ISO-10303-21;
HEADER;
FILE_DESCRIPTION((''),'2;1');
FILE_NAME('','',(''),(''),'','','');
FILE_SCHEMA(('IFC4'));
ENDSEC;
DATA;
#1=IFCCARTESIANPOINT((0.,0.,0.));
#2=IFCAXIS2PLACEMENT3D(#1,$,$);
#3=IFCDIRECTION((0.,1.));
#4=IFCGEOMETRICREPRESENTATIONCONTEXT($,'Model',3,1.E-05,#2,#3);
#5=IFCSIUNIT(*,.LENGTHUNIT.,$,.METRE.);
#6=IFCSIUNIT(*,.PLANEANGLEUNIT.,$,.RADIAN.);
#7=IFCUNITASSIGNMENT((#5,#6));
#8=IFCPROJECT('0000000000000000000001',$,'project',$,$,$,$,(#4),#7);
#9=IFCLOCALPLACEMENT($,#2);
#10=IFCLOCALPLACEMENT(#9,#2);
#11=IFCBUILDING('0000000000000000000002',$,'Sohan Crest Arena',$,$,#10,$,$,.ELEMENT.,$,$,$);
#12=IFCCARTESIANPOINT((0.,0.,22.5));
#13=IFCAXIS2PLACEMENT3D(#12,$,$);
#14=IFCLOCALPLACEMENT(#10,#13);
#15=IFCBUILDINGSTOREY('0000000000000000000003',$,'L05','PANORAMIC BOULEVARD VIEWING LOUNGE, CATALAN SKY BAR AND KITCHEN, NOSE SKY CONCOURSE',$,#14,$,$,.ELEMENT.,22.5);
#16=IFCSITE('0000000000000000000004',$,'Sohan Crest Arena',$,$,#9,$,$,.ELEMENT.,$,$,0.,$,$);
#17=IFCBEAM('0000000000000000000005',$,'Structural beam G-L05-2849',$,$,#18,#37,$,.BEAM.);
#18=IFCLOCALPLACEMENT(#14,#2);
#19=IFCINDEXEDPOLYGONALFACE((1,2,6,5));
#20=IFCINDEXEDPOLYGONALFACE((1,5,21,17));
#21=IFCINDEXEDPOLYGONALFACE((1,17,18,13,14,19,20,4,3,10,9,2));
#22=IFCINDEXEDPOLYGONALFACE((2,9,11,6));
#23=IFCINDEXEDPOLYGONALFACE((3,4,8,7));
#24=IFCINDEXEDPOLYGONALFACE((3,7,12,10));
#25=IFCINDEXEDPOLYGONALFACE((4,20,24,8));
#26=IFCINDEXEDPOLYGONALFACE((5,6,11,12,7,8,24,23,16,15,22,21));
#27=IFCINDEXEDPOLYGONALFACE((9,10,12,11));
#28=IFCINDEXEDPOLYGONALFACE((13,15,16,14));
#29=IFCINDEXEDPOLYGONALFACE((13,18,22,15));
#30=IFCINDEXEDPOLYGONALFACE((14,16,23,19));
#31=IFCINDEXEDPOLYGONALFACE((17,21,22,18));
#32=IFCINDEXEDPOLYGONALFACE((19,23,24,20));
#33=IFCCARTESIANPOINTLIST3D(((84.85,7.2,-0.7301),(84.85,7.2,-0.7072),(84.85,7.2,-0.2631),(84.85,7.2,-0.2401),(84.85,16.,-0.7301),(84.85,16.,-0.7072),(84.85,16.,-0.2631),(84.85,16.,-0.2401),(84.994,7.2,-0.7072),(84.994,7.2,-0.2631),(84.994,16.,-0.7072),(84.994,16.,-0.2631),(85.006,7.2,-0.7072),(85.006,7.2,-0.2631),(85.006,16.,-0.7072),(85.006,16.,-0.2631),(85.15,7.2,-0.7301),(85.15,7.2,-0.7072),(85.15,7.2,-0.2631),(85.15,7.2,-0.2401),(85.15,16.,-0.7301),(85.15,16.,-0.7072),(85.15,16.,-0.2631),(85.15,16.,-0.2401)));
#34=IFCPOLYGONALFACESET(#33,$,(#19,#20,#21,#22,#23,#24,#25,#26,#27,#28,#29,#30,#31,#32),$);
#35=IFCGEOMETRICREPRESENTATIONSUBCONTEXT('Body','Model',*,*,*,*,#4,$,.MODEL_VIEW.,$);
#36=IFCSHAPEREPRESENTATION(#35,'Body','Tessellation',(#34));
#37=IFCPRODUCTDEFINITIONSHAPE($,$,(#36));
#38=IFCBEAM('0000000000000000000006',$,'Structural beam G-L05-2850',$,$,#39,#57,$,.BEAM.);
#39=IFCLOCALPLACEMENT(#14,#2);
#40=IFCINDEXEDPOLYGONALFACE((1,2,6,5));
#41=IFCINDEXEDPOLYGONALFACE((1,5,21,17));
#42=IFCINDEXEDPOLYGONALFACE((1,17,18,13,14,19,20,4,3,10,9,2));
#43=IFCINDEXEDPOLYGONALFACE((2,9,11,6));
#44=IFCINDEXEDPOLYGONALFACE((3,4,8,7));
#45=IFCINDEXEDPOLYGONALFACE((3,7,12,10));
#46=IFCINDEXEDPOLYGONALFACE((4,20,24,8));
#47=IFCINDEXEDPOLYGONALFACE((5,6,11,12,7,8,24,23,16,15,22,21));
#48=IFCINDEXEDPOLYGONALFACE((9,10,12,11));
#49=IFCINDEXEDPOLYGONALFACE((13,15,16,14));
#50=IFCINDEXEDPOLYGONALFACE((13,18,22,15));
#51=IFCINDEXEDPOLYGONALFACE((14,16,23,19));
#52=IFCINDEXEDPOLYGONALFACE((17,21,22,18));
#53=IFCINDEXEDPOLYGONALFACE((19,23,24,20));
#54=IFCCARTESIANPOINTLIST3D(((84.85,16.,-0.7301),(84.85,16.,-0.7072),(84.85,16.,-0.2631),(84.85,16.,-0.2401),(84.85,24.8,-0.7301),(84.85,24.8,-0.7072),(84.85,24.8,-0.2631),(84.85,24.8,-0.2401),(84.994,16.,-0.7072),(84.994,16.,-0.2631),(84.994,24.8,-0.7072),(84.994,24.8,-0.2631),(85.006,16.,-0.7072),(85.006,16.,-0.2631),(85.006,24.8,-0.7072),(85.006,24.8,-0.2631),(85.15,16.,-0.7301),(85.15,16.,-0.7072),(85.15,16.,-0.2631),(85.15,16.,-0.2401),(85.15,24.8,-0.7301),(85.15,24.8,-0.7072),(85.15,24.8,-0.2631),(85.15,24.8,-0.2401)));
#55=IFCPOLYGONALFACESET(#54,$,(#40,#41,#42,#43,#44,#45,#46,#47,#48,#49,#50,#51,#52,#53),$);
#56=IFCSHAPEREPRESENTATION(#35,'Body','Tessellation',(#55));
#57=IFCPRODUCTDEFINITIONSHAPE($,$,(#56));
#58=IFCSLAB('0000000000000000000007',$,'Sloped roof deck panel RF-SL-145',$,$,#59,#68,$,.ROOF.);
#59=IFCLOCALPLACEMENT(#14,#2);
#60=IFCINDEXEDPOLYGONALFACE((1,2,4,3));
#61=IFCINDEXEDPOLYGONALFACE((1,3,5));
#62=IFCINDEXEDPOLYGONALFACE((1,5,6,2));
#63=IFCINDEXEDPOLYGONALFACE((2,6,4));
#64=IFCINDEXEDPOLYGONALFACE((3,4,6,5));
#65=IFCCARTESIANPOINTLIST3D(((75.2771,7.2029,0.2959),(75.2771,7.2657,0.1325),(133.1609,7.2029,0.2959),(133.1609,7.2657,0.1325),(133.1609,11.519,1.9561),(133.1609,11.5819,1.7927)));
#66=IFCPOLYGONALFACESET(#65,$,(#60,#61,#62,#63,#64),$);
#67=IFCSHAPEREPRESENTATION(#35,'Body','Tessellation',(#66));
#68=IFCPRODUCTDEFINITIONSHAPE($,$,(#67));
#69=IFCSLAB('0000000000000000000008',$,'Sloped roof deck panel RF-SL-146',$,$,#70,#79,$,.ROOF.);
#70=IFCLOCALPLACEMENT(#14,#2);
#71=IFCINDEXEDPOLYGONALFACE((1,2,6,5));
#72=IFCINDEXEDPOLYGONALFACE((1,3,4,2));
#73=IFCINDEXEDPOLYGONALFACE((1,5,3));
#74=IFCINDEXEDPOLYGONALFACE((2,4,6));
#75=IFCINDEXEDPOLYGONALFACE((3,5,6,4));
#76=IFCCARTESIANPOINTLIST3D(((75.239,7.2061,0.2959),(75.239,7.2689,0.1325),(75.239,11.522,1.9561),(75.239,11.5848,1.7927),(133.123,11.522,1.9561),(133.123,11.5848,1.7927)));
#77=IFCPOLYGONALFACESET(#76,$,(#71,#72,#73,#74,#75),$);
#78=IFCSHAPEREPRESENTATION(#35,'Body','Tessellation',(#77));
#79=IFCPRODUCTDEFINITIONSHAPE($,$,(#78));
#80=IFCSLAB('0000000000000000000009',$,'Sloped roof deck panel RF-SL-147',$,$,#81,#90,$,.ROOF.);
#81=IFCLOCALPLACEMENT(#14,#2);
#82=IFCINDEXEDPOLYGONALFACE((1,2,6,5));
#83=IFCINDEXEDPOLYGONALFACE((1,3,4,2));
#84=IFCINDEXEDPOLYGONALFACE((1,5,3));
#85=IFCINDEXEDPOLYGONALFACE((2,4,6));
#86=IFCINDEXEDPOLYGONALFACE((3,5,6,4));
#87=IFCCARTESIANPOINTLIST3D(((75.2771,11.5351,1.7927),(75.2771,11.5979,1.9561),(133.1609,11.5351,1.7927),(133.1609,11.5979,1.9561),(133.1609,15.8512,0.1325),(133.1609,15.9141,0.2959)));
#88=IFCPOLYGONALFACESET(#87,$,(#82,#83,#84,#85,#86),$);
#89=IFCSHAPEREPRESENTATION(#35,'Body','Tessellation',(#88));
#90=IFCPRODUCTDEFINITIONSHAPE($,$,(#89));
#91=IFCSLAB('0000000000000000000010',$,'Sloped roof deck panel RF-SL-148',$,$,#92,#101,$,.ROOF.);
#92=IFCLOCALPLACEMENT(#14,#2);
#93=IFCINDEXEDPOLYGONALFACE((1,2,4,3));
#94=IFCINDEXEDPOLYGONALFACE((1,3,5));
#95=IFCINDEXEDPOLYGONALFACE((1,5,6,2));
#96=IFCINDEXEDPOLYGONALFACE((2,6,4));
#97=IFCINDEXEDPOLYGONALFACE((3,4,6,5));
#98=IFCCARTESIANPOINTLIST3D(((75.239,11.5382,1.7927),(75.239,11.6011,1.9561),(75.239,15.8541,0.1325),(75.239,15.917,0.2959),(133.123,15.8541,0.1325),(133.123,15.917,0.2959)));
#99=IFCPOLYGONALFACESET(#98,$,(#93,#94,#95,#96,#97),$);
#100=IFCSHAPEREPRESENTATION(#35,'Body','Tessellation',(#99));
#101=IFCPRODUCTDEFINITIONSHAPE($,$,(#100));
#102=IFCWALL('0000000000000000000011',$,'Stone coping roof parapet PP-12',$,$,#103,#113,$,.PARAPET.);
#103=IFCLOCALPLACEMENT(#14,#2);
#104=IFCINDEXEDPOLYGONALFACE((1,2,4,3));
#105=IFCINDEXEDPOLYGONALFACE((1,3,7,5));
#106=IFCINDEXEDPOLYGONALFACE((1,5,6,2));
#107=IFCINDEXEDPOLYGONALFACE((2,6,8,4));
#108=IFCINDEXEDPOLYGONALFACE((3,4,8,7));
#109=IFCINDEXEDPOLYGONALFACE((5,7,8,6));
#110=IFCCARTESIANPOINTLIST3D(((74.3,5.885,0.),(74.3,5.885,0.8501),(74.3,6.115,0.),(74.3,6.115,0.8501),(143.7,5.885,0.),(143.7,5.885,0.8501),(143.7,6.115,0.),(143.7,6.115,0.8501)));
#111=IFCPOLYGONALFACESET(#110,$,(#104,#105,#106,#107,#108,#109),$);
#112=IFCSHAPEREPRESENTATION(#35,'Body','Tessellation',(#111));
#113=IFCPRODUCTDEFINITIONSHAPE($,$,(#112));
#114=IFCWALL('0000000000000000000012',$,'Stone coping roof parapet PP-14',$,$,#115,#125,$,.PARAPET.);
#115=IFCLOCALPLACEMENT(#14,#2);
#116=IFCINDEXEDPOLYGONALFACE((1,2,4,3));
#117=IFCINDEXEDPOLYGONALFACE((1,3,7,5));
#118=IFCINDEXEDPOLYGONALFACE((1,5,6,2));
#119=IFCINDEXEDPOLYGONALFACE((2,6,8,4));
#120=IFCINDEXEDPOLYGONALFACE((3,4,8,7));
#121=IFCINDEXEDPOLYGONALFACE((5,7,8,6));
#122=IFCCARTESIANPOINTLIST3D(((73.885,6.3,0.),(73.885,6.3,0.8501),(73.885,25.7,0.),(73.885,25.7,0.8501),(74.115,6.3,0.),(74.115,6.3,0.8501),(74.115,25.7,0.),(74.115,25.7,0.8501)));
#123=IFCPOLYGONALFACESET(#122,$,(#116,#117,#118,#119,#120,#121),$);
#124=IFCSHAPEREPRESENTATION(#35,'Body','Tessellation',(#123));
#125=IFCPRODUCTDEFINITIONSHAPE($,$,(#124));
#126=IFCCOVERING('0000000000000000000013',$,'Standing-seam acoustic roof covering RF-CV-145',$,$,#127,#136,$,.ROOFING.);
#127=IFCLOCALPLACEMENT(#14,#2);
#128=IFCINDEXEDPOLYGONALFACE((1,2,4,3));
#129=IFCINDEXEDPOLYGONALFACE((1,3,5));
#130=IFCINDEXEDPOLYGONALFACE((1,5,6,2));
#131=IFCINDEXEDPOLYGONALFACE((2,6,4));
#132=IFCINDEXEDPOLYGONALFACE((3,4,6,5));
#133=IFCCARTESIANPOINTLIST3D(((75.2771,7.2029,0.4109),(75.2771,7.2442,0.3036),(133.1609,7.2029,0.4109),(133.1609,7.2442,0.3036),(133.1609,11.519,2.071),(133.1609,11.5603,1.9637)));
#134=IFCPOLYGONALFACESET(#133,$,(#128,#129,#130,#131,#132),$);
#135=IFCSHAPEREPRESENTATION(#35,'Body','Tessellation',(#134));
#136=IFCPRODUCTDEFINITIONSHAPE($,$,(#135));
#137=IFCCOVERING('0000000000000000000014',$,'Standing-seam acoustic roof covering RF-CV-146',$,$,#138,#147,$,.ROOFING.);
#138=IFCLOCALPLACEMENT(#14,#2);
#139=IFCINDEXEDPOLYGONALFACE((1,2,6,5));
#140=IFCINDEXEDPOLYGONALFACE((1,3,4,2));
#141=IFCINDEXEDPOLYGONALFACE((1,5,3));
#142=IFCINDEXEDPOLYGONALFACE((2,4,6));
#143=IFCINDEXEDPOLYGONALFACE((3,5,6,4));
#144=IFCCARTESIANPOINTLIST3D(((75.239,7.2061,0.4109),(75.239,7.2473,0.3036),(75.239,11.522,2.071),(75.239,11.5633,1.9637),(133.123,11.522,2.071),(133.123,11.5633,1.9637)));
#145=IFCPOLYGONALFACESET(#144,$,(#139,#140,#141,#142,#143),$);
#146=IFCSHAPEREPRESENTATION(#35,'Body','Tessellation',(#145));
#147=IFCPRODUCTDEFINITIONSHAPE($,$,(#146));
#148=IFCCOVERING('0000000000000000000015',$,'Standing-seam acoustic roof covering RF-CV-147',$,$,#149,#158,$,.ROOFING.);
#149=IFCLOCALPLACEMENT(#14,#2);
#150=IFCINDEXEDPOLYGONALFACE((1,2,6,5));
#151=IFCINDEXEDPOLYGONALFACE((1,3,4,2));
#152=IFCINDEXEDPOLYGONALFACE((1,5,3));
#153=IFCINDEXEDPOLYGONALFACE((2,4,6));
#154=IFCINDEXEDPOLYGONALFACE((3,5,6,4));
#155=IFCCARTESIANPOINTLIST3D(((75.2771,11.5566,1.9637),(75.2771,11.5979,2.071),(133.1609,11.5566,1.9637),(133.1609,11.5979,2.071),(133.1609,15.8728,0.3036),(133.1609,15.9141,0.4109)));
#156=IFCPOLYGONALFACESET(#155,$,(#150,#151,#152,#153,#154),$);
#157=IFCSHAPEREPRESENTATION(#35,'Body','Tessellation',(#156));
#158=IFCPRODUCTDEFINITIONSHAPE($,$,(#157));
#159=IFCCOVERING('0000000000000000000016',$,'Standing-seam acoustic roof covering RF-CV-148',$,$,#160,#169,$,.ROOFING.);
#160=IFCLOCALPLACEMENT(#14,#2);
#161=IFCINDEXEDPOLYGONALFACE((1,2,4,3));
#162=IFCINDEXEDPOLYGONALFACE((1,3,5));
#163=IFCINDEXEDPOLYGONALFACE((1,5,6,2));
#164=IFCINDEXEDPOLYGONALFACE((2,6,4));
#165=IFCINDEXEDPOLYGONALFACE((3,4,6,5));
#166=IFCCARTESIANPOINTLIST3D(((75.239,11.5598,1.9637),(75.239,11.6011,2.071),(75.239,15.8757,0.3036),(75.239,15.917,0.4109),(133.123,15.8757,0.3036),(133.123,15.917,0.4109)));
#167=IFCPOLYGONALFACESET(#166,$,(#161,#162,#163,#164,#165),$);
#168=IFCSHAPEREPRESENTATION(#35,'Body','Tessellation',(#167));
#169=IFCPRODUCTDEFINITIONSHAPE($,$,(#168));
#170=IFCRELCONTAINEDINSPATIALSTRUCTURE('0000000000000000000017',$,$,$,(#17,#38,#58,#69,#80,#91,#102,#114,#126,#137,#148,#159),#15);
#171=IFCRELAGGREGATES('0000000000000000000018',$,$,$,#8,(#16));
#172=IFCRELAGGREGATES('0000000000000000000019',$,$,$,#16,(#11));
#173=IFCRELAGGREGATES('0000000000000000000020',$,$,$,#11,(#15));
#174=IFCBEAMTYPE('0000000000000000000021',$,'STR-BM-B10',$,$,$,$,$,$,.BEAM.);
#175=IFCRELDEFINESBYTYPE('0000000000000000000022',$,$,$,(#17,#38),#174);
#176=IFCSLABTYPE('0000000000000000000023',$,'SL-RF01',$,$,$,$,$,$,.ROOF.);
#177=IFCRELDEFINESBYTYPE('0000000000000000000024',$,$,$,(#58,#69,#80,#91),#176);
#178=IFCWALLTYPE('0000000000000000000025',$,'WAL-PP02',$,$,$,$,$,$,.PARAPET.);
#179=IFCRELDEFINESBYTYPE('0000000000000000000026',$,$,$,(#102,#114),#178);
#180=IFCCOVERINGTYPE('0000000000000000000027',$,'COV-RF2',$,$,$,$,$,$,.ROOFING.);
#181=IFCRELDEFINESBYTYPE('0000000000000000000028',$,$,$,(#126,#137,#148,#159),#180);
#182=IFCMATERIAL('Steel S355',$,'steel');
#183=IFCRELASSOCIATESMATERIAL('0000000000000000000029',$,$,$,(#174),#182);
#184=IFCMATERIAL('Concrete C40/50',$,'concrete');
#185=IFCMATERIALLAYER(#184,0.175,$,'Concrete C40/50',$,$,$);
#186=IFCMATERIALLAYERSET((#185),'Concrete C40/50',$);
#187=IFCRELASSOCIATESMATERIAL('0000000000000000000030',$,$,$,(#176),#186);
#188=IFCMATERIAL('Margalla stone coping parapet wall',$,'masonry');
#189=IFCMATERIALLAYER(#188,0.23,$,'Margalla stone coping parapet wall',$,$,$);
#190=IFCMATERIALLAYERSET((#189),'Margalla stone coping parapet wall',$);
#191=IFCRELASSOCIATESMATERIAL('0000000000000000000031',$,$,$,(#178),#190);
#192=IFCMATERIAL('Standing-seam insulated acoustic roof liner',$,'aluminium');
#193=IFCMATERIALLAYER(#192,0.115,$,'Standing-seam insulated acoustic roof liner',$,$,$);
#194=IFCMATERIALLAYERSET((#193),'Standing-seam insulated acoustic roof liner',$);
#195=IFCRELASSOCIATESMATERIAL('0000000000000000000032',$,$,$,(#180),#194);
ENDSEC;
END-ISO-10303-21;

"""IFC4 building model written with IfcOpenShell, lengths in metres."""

from ifc_helpers import new_model, si_unit, direction, frame, frame_2d, origin, origin_2d, place, context, subcontext, project, spatial, polyline, rectangle, i_section, outline, extrude, material, layer, layer_set, material_profile, profile_set, type_object, element, save


model = new_model("IFC4")

# Units and contexts
model_context = context("Model", 3, precision=1e-05, world=origin(), true_north=direction((0.0, 1.0)))
body_context = subcontext(model_context, "Body", "Model", "MODEL_VIEW")
ifc_project = project(units=[si_unit("LENGTHUNIT", "METRE"), si_unit("PLANEANGLEUNIT", "RADIAN")], contexts=[model_context])

# Site, building, storey
site_placement = place(None, origin())
site = spatial("IfcSite", under=ifc_project, at=site_placement, Name="Sohan Crest Arena", CompositionType="ELEMENT", RefElevation=0.0)
building_placement = place(site_placement, origin())
building = spatial("IfcBuilding", under=site, at=building_placement, Name="Sohan Crest Arena", CompositionType="ELEMENT")
storey_placement = place(building_placement, frame((0.0, 0.0, 22.5)))
storey = spatial("IfcBuildingStorey", under=building, at=storey_placement, Name="L05", Description="PANORAMIC BOULEVARD VIEWING LOUNGE, CATALAN SKY BAR AND KITCHEN, NOSE SKY CONCOURSE", CompositionType="ELEMENT", Elevation=22.5)

# Beams
ifc_material_1 = material(Name="Steel S355", Category="steel")
ifc_material_profile_1 = material_profile(ifc_material_1, i_section(OverallWidth=0.3, OverallDepth=0.49, WebThickness=0.012, FlangeThickness=0.0229, at=origin_2d()), Name="HEA 500")
ifc_profile_set_1 = profile_set([ifc_material_profile_1], Name="Steel S355")
beam_type_1 = type_object("IfcBeamType", Name="STR-BM-B10", PredefinedType="BEAM", material=ifc_profile_set_1)
for number, where, z_axis, x_axis, name in (
    (1, (85.0, 7.2, -0.4851), (0.0, 1.0, 0.0), (-1.0, 0.0, 0.0), "Structural beam G-L05-2849"),
    (2, (85.0, 16.0, -0.4851), (0.0, 1.0, 0.0), (-1.0, 0.0, 0.0), "Structural beam G-L05-2850"),
):
    element("IfcBeam", number, at=place(storey_placement, frame(where, z_axis=z_axis, x_axis=x_axis)), inside=storey, type_object=beam_type_1, Name=name, PredefinedType="BEAM", context=body_context, shape_type="SweptSolid", body=[
        extrude(i_section(OverallWidth=0.3, OverallDepth=0.49, WebThickness=0.012, FlangeThickness=0.0229, at=origin_2d()), origin(), (0.0, 0.0, 1.0), 8.8),
    ])

# Slabs
ifc_material_2 = material(Name="Concrete C40/50", Category="concrete")
ifc_layer_1 = layer(ifc_material_2, 0.175, Name="Concrete C40/50")
ifc_layer_set_1 = layer_set([ifc_layer_1], Name="Concrete C40/50")
slab_type = type_object("IfcSlabType", Name="SL-RF01", PredefinedType="ROOF", material=ifc_layer_set_1)
slab_1_placement = place(storey_placement, frame((75.2771, 7.2029, 0.2959), z_axis=(0.0, -0.358997, 0.933339), x_axis=(1.0, 0.0, 0.0)))
element("IfcSlab", 3, at=slab_1_placement, inside=storey, type_object=slab_type, Name="Sloped roof deck panel RF-SL-145", PredefinedType="ROOF", context=body_context, shape_type="SweptSolid", body=[
    extrude(outline(polyline([(0.0, 0.0), (57.8838, 0.0), (57.8838, 4.6244), (0.0, 0.0)])), origin(), (0.0, 0.0, -1.0), 0.175),
])
slab_2_placement = place(storey_placement, frame((75.239, 7.2061, 0.2959), z_axis=(0.0, -0.359014, 0.933332), x_axis=(0.996824, 0.074325, 0.02859)))
element("IfcSlab", 4, at=slab_2_placement, inside=storey, type_object=slab_type, Name="Sloped roof deck panel RF-SL-146", PredefinedType="ROOF", context=body_context, shape_type="SweptSolid", body=[
    extrude(outline(polyline([(0.0, 0.0), (58.0684, 0.0), (0.3682, 4.6095), (0.0, 0.0)])), origin(), (0.0, 0.0, -1.0), 0.175),
])
slab_3_placement = place(storey_placement, frame((75.2771, 11.5979, 1.9561), z_axis=(0.0, 0.358997, 0.933339), x_axis=(1.0, 0.0, 0.0)))
element("IfcSlab", 5, at=slab_3_placement, inside=storey, type_object=slab_type, Name="Sloped roof deck panel RF-SL-147", PredefinedType="ROOF", context=body_context, shape_type="SweptSolid", body=[
    extrude(outline(polyline([(0.0, 0.0), (57.8838, 0.0), (57.8838, 4.6244), (0.0, 0.0)])), origin(), (0.0, 0.0, -1.0), 0.175),
])
slab_4_placement = place(storey_placement, frame((75.239, 11.6011, 1.9561), z_axis=(0.0, 0.359014, 0.933332), x_axis=(0.996824, 0.074325, -0.02859)))
element("IfcSlab", 6, at=slab_4_placement, inside=storey, type_object=slab_type, Name="Sloped roof deck panel RF-SL-148", PredefinedType="ROOF", context=body_context, shape_type="SweptSolid", body=[
    extrude(outline(polyline([(0.0, 0.0), (58.0684, 0.0), (0.3682, 4.6095), (0.0, 0.0)])), origin(), (0.0, 0.0, -1.0), 0.175),
])

# Walls
ifc_material_3 = material(Name="Margalla stone coping parapet wall", Category="masonry")
ifc_layer_2 = layer(ifc_material_3, 0.23, Name="Margalla stone coping parapet wall")
ifc_layer_set_2 = layer_set([ifc_layer_2], Name="Margalla stone coping parapet wall")
wall_type = type_object("IfcWallType", Name="WAL-PP02", PredefinedType="PARAPET", material=ifc_layer_set_2)
wall_1_placement = place(storey_placement, frame((74.3, 6.0, 0.0), z_axis=(0.0, 0.0, 1.0), x_axis=(1.0, 0.0, 0.0)))
element("IfcWall", 7, at=wall_1_placement, inside=storey, type_object=wall_type, Name="Stone coping roof parapet PP-12", PredefinedType="PARAPET", context=body_context, shape_type="SweptSolid", body=[
    extrude(rectangle(XDim=69.3999, YDim=0.23, at=frame_2d((34.7, 0.0))), origin(), (0.0, 0.0, 1.0), 0.8501),
])
wall_2_placement = place(storey_placement, frame((74.0, 6.3, 0.0), z_axis=(0.0, 0.0, 1.0), x_axis=(0.0, 1.0, 0.0)))
element("IfcWall", 8, at=wall_2_placement, inside=storey, type_object=wall_type, Name="Stone coping roof parapet PP-14", PredefinedType="PARAPET", context=body_context, shape_type="SweptSolid", body=[
    extrude(rectangle(XDim=19.3999, YDim=0.23, at=frame_2d((9.7, 0.0))), origin(), (0.0, 0.0, 1.0), 0.8501),
])

# Coverings
ifc_material_4 = material(Name="Standing-seam insulated acoustic roof liner", Category="aluminium")
ifc_layer_3 = layer(ifc_material_4, 0.115, Name="Standing-seam insulated acoustic roof liner")
ifc_layer_set_3 = layer_set([ifc_layer_3], Name="Standing-seam insulated acoustic roof liner")
covering_type = type_object("IfcCoveringType", Name="COV-RF2", PredefinedType="ROOFING", material=ifc_layer_set_3)
covering_1_placement = place(storey_placement, frame((75.2771, 7.2029, 0.4109), z_axis=(0.0, -0.358997, 0.933339), x_axis=(1.0, 0.0, 0.0)))
element("IfcCovering", 9, at=covering_1_placement, inside=storey, type_object=covering_type, Name="Standing-seam acoustic roof covering RF-CV-145", PredefinedType="ROOFING", context=body_context, shape_type="SweptSolid", body=[
    extrude(outline(polyline([(0.0, 0.0), (57.8838, 0.0), (57.8838, 4.6244), (0.0, 0.0)])), origin(), (0.0, 0.0, -1.0), 0.115),
])
covering_2_placement = place(storey_placement, frame((75.239, 7.2061, 0.4109), z_axis=(0.0, -0.359014, 0.933332), x_axis=(0.996824, 0.074325, 0.02859)))
element("IfcCovering", 10, at=covering_2_placement, inside=storey, type_object=covering_type, Name="Standing-seam acoustic roof covering RF-CV-146", PredefinedType="ROOFING", context=body_context, shape_type="SweptSolid", body=[
    extrude(outline(polyline([(0.0, 0.0), (58.0684, 0.0), (0.3682, 4.6095), (0.0, 0.0)])), origin(), (0.0, 0.0, -1.0), 0.115),
])
covering_3_placement = place(storey_placement, frame((75.2771, 11.5979, 2.071), z_axis=(0.0, 0.358997, 0.933339), x_axis=(1.0, 0.0, 0.0)))
element("IfcCovering", 11, at=covering_3_placement, inside=storey, type_object=covering_type, Name="Standing-seam acoustic roof covering RF-CV-147", PredefinedType="ROOFING", context=body_context, shape_type="SweptSolid", body=[
    extrude(outline(polyline([(0.0, 0.0), (57.8838, 0.0), (57.8838, 4.6244), (0.0, 0.0)])), origin(), (0.0, 0.0, -1.0), 0.115),
])
covering_4_placement = place(storey_placement, frame((75.239, 11.6011, 2.071), z_axis=(0.0, 0.359014, 0.933332), x_axis=(0.996824, 0.074325, -0.02859)))
element("IfcCovering", 12, at=covering_4_placement, inside=storey, type_object=covering_type, Name="Standing-seam acoustic roof covering RF-CV-148", PredefinedType="ROOFING", context=body_context, shape_type="SweptSolid", body=[
    extrude(outline(polyline([(0.0, 0.0), (58.0684, 0.0), (0.3682, 4.6095), (0.0, 0.0)])), origin(), (0.0, 0.0, -1.0), 0.115),
])

save(model, "model.ifc")
